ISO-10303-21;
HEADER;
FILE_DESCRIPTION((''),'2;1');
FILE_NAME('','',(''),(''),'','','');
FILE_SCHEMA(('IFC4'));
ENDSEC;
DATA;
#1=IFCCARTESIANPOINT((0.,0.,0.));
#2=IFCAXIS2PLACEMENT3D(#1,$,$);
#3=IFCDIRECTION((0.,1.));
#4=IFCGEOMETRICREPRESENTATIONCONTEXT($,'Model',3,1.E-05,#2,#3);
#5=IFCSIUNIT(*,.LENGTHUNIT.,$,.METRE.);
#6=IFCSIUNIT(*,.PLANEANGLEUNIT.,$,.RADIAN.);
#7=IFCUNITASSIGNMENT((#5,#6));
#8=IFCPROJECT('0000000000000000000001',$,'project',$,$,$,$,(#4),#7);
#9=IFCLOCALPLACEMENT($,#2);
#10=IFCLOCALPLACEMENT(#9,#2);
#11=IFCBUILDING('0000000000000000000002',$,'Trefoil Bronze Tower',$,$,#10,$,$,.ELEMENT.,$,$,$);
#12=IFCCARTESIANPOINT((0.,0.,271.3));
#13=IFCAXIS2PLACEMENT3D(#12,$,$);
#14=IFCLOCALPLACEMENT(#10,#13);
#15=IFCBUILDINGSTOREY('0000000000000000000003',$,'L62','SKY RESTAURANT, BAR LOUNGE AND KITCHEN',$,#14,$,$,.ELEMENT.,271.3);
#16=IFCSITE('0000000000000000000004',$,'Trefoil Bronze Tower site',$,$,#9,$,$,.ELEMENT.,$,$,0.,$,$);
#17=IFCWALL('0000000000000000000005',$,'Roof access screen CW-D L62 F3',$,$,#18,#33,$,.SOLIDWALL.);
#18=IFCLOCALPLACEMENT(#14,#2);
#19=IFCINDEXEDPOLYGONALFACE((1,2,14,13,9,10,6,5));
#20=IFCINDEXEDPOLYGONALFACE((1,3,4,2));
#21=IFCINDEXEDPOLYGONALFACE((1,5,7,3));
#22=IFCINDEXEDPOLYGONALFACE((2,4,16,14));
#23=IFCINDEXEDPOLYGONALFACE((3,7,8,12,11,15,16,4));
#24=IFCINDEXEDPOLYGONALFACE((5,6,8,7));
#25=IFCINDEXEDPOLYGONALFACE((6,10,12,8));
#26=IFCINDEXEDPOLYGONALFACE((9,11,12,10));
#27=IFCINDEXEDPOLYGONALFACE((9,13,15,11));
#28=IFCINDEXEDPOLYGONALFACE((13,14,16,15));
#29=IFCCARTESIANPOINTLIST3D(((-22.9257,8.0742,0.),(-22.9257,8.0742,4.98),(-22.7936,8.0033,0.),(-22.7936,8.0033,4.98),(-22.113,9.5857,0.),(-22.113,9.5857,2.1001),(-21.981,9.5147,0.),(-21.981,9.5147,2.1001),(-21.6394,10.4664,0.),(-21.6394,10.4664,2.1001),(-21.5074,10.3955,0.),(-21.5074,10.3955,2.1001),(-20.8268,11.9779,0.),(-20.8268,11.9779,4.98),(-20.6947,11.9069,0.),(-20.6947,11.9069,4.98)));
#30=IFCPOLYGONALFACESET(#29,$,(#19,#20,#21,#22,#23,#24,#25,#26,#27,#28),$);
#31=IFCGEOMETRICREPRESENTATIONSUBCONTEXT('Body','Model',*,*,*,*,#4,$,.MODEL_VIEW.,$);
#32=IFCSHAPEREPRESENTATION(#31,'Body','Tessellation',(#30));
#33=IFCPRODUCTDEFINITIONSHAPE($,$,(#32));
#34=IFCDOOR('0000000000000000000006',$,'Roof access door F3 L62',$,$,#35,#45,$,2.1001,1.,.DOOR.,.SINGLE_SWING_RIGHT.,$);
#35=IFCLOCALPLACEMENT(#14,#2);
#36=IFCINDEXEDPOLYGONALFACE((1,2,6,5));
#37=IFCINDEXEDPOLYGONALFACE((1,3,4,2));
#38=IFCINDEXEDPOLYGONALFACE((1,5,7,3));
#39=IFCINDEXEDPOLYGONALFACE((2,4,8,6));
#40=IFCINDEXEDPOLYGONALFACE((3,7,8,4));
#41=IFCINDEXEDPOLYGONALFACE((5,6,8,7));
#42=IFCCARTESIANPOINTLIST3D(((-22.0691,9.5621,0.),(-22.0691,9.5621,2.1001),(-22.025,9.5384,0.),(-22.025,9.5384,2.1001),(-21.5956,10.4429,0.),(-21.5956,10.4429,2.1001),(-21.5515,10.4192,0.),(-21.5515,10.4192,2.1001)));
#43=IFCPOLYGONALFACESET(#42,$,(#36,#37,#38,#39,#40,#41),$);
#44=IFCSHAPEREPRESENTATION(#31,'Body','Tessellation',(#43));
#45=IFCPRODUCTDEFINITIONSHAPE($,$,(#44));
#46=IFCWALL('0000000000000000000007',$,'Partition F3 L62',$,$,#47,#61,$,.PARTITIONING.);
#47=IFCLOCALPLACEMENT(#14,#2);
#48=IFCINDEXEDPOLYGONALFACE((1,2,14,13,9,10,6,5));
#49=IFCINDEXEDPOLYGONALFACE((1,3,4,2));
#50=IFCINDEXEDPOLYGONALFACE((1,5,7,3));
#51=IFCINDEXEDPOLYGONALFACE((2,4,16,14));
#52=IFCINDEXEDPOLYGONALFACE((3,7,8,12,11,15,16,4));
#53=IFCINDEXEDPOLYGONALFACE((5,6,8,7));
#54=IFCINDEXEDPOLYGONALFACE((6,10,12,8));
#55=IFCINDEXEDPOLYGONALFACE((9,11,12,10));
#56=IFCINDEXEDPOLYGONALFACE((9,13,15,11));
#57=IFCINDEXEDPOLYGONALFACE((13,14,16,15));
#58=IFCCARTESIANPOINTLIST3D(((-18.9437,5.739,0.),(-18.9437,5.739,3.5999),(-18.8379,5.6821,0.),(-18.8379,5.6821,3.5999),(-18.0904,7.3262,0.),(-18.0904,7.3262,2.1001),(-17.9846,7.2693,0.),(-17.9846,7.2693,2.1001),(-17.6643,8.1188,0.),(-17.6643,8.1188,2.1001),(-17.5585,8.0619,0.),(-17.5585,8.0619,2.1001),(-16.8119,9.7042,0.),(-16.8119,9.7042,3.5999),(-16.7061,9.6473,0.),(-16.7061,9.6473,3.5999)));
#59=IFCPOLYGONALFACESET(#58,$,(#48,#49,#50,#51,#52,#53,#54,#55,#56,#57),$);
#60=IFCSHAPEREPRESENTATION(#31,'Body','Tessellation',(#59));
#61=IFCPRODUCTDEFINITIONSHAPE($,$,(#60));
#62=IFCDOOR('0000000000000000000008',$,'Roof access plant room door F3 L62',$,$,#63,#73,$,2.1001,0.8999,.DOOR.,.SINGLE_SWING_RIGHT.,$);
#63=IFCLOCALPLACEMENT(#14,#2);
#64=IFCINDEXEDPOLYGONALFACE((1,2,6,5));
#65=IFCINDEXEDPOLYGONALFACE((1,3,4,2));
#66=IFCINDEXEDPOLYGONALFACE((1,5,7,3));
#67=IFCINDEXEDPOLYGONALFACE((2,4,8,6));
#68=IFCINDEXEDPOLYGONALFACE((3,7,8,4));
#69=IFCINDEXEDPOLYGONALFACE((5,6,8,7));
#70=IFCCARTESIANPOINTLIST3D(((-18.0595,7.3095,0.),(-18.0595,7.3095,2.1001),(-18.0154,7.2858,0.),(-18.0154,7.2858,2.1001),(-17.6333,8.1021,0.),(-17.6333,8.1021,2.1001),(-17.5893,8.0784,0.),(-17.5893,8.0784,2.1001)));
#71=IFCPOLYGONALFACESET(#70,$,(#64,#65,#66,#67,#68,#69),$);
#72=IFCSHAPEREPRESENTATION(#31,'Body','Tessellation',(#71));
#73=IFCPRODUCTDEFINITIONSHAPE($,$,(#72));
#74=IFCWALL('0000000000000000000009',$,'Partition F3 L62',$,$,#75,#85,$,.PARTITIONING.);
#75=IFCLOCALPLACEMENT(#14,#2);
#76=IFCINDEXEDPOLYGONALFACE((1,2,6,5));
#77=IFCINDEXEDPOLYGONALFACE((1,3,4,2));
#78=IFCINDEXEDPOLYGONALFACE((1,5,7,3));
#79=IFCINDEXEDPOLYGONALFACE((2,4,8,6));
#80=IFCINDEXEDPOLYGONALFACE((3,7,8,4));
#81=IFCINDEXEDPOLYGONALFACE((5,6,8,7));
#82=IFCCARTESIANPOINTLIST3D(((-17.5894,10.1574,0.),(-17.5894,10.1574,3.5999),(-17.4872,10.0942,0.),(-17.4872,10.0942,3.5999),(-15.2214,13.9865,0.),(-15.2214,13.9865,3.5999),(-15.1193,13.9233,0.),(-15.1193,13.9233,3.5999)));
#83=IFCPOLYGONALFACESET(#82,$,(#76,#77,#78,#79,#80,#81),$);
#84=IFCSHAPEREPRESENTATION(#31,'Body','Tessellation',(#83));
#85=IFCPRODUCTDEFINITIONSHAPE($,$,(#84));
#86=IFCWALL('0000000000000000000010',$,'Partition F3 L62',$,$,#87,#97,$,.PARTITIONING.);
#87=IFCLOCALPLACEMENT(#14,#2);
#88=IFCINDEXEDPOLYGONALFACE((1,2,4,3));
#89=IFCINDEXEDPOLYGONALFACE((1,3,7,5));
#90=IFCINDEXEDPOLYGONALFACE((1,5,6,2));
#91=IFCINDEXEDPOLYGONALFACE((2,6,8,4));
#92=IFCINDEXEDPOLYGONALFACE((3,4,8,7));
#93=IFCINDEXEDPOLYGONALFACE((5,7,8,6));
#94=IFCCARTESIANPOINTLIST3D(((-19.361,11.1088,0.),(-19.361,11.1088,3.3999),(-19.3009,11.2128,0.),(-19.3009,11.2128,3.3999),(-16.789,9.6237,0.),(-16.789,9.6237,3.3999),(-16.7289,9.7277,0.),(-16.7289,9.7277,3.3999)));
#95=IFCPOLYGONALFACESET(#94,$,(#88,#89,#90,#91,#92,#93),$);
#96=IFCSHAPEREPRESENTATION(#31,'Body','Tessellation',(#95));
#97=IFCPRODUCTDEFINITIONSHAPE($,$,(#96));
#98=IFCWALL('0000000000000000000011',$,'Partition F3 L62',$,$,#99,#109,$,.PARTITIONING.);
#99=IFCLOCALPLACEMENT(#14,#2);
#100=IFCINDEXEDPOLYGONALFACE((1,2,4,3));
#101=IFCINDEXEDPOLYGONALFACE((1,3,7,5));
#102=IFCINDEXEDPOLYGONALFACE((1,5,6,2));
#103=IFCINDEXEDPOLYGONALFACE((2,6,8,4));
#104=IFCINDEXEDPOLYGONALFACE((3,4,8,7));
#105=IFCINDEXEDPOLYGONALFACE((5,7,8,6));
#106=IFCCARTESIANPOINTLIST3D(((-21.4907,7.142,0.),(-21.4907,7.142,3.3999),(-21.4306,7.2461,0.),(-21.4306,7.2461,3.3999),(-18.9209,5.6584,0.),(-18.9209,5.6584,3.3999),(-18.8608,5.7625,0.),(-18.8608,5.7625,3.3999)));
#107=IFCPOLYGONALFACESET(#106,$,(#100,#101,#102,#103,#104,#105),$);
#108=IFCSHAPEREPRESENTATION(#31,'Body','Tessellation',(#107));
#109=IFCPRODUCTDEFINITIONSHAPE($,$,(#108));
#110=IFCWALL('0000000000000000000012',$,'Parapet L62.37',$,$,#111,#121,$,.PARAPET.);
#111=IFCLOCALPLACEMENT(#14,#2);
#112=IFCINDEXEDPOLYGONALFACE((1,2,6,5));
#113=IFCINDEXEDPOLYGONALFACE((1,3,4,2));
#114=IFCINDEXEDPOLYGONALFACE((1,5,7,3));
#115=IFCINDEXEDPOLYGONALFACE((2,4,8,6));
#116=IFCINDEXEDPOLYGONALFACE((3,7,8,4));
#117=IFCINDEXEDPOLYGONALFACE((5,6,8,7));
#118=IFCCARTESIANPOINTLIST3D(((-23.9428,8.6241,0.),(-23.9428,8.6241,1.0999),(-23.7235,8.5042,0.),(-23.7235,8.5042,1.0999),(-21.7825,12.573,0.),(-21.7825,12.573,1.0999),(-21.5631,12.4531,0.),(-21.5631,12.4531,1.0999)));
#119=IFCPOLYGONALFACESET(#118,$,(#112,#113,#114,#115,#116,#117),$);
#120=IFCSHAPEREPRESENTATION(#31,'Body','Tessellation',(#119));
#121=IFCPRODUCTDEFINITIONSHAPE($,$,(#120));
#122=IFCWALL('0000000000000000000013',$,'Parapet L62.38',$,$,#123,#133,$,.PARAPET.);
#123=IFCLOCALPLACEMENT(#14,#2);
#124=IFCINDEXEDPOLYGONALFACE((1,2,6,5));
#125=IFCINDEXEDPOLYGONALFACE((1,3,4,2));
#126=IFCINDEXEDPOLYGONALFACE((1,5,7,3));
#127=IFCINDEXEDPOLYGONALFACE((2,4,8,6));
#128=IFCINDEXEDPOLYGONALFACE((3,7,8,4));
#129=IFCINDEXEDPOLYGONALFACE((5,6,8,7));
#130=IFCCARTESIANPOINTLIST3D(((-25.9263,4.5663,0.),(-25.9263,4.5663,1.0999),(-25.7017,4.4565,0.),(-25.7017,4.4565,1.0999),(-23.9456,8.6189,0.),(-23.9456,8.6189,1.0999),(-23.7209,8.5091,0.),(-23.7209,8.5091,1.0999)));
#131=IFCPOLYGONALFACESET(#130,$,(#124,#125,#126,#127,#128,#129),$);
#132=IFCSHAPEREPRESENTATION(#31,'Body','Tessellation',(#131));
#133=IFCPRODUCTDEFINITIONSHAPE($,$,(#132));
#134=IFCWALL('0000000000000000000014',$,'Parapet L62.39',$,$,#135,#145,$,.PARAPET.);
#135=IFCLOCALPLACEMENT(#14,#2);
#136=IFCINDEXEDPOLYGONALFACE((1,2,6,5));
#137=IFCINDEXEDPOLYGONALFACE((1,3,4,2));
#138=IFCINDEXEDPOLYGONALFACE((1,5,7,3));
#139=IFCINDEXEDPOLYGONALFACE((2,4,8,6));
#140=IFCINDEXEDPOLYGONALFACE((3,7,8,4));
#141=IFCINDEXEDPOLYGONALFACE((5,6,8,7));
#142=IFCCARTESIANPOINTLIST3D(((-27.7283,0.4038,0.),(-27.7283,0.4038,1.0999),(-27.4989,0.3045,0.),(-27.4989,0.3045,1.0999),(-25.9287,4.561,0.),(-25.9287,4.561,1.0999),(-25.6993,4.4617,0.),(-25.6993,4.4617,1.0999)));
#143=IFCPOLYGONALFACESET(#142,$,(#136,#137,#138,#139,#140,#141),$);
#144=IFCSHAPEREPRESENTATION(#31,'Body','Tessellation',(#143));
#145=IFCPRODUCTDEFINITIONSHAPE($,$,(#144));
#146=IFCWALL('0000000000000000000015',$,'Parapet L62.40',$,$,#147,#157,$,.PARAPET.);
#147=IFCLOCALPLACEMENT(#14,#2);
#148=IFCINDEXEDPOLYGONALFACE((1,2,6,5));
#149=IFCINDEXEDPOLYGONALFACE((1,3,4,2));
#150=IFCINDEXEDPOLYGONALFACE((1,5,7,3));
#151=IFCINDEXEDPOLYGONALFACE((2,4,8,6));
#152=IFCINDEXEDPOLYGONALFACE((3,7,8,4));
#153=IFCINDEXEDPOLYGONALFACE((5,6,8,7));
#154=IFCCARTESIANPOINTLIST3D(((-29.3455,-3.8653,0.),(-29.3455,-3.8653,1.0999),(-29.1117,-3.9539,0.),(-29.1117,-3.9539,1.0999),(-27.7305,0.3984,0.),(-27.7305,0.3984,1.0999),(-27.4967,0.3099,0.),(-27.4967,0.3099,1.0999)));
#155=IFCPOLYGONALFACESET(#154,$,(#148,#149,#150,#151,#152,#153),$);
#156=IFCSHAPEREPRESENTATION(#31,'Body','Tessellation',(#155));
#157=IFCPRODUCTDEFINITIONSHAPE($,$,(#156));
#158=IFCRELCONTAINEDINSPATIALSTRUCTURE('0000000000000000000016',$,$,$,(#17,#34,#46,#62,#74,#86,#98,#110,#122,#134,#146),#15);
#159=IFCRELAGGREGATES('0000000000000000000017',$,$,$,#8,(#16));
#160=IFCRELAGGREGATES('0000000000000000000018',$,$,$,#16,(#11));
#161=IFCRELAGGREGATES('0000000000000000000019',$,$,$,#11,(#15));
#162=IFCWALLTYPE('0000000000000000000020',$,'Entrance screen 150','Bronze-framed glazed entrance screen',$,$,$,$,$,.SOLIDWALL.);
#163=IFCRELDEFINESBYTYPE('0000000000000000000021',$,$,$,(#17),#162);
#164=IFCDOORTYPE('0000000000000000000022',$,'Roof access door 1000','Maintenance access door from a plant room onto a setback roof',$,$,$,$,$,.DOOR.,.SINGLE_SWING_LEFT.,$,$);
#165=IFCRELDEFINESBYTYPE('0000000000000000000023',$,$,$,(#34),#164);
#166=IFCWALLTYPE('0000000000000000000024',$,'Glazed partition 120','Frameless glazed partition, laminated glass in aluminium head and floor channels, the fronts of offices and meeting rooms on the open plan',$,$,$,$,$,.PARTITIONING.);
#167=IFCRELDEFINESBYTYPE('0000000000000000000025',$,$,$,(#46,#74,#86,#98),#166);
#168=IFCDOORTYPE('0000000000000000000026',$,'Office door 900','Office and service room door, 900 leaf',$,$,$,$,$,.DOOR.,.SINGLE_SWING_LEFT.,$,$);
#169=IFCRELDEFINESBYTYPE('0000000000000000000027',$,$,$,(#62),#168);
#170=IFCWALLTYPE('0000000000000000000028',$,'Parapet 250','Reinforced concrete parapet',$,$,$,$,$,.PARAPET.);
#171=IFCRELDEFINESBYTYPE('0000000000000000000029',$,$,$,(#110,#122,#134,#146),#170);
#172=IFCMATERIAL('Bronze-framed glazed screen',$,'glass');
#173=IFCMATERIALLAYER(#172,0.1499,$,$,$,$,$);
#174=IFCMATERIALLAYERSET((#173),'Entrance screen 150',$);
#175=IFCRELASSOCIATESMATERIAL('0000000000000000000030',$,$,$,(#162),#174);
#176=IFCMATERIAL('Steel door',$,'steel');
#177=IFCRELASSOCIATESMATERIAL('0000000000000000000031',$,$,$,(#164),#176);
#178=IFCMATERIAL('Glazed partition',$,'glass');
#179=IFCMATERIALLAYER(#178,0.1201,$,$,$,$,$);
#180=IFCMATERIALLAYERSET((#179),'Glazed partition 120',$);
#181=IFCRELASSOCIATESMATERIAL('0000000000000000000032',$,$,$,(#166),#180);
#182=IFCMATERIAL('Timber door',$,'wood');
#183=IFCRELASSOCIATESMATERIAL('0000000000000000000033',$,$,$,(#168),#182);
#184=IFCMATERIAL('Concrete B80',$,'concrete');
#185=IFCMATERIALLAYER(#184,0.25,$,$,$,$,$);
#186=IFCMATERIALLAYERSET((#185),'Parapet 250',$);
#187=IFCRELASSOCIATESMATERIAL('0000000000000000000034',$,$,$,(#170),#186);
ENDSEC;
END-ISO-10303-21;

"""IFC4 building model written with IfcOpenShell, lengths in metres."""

from ifc_helpers import new_model, si_unit, direction, frame, frame_2d, origin, place, context, subcontext, project, spatial, rectangle, extrude, material, layer, layer_set, type_object, element, fill, save


model = new_model("IFC4")

# Units and contexts
model_context = context("Model", 3, precision=1e-05, world=origin(), true_north=direction((0.0, 1.0)))
body_context = subcontext(model_context, "Body", "Model", "MODEL_VIEW")
ifc_project = project(units=[si_unit("LENGTHUNIT", "METRE"), si_unit("PLANEANGLEUNIT", "RADIAN")], contexts=[model_context])

# Site, building, storey
site_placement = place(None, origin())
site = spatial("IfcSite", under=ifc_project, at=site_placement, Name="Trefoil Bronze Tower site", CompositionType="ELEMENT", RefElevation=0.0)
building_placement = place(site_placement, origin())
building = spatial("IfcBuilding", under=site, at=building_placement, Name="Trefoil Bronze Tower", CompositionType="ELEMENT")
storey_placement = place(building_placement, frame((0.0, 0.0, 271.3)))
storey = spatial("IfcBuildingStorey", under=building, at=storey_placement, Name="L62", Description="SKY RESTAURANT, BAR LOUNGE AND KITCHEN", CompositionType="ELEMENT", Elevation=271.3)

# Walls, openings, doors
ifc_material_1 = material(Name="Bronze-framed glazed screen", Category="glass")
ifc_layer_1 = layer(ifc_material_1, 0.1499)
ifc_layer_set_1 = layer_set([ifc_layer_1], Name="Entrance screen 150")
wall_type_1 = type_object("IfcWallType", Name="Entrance screen 150", Description="Bronze-framed glazed entrance screen", PredefinedType="SOLIDWALL", material=ifc_layer_set_1)
wall_1_placement = place(storey_placement, frame((-20.7607, 11.9424, 0.0), z_axis=(0.0, 0.0, 1.0), x_axis=(-0.473568, -0.880757, 0.0)))
wall_1 = element("IfcWall", 1, at=wall_1_placement, inside=storey, type_object=wall_type_1, Name="Roof access screen CW-D L62 F3", PredefinedType="SOLIDWALL", context=body_context, shape_type="SweptSolid", body=[
    extrude(rectangle(XDim=4.4321, YDim=0.1499, at=frame_2d((2.2161, 0.0))), origin(), (0.0, 0.0, 1.0), 4.98),
])
opening_1_placement = place(wall_1_placement, frame((1.7161, 0.0, 0.0)))
opening_1 = element("IfcOpeningElement", 2, at=opening_1_placement, cuts=wall_1, PredefinedType="OPENING", context=body_context, shape_type="SweptSolid", body=[
    extrude(rectangle(XDim=1.0, YDim=2.1001, at=frame_2d((0.5, 1.05))), frame((0.0, 0.085, 0.0), z_axis=(0.0, -1.0, 0.0), x_axis=(1.0, 0.0, 0.0)), (0.0, 0.0, 1.0), 0.1699),
])
ifc_material_2 = material(Name="Steel door", Category="steel")
door_type_1 = type_object("IfcDoorType", Name="Roof access door 1000", Description="Maintenance access door from a plant room onto a setback roof", OperationType="SINGLE_SWING_LEFT", PredefinedType="DOOR", material=ifc_material_2)
door_1_placement = place(opening_1_placement, origin())
door_1 = element("IfcDoor", 3, at=door_1_placement, inside=storey, type_object=door_type_1, Name="Roof access door F3 L62", OperationType="SINGLE_SWING_RIGHT", OverallHeight=2.1001, OverallWidth=1.0, PredefinedType="DOOR", context=body_context, shape_type="SweptSolid", body=[
    extrude(rectangle(XDim=1.0, YDim=2.1001, at=frame_2d((0.5, 1.05))), frame((0.0, 0.0249, 0.0), z_axis=(0.0, -1.0, 0.0), x_axis=(1.0, 0.0, 0.0)), (0.0, 0.0, 1.0), 0.05),
])
fill(opening_1, door_1)
ifc_material_3 = material(Name="Glazed partition", Category="glass")
ifc_layer_2 = layer(ifc_material_3, 0.1201)
ifc_layer_set_2 = layer_set([ifc_layer_2], Name="Glazed partition 120")
wall_type_2 = type_object("IfcWallType", Name="Glazed partition 120", Description="Frameless glazed partition, laminated glass in aluminium head and floor channels, the fronts of offices and meeting rooms on the open plan", PredefinedType="PARTITIONING", material=ifc_layer_set_2)
wall_2_placement = place(storey_placement, frame((-16.759, 9.6758, 0.0), z_axis=(0.0, 0.0, 1.0), x_axis=(-0.473524, -0.880781, 0.0)))
wall_2 = element("IfcWall", 4, at=wall_2_placement, inside=storey, type_object=wall_type_2, Name="Partition F3 L62", PredefinedType="PARTITIONING", context=body_context, shape_type="SweptSolid", body=[
    extrude(rectangle(XDim=4.502, YDim=0.1201, at=frame_2d((2.251, 0.0))), origin(), (0.0, 0.0, 1.0), 3.5999),
])
opening_2_placement = place(wall_2_placement, frame((1.8, 0.0, 0.0)))
opening_2 = element("IfcOpeningElement", 5, at=opening_2_placement, cuts=wall_2, PredefinedType="OPENING", context=body_context, shape_type="SweptSolid", body=[
    extrude(rectangle(XDim=0.8999, YDim=2.1001, at=frame_2d((0.45, 1.05))), frame((0.0, 0.0701, 0.0), z_axis=(0.0, -1.0, 0.0), x_axis=(1.0, 0.0, 0.0)), (0.0, 0.0, 1.0), 0.1401),
])
ifc_material_4 = material(Name="Timber door", Category="wood")
door_type_2 = type_object("IfcDoorType", Name="Office door 900", Description="Office and service room door, 900 leaf", OperationType="SINGLE_SWING_LEFT", PredefinedType="DOOR", material=ifc_material_4)
door_2_placement = place(opening_2_placement, frame((0.8999, 0.0, 0.0), z_axis=(0.0, 0.0, 1.0), x_axis=(-1.0, 0.0, 0.0)))
door_2 = element("IfcDoor", 6, at=door_2_placement, inside=storey, type_object=door_type_2, Name="Roof access plant room door F3 L62", OperationType="SINGLE_SWING_RIGHT", OverallHeight=2.1001, OverallWidth=0.8999, PredefinedType="DOOR", context=body_context, shape_type="SweptSolid", body=[
    extrude(rectangle(XDim=0.8999, YDim=2.1001, at=frame_2d((0.45, 1.05))), frame((0.0, 0.0249, 0.0), z_axis=(0.0, -1.0, 0.0), x_axis=(1.0, 0.0, 0.0)), (0.0, 0.0, 1.0), 0.05),
])
fill(opening_2, door_2)

# Walls
wall_3_placement = place(storey_placement, frame((-15.1704, 13.9548, 0.0), z_axis=(0.0, 0.0, 1.0), x_axis=(-0.525957, -0.850511, 0.0)))
element("IfcWall", 7, at=wall_3_placement, inside=storey, type_object=wall_type_2, Name="Partition F3 L62", PredefinedType="PARTITIONING", context=body_context, shape_type="SweptSolid", body=[
    extrude(rectangle(XDim=4.5022, YDim=0.1201, at=frame_2d((2.251, 0.0))), origin(), (0.0, 0.0, 1.0), 3.5999),
])
wall_4_placement = place(storey_placement, frame((-16.759, 9.6758, 0.0), z_axis=(0.0, 0.0, 1.0), x_axis=(-0.866004, 0.500038, 0.0)))
element("IfcWall", 8, at=wall_4_placement, inside=storey, type_object=wall_type_2, Name="Partition F3 L62", PredefinedType="PARTITIONING", context=body_context, shape_type="SweptSolid", body=[
    extrude(rectangle(XDim=2.97, YDim=0.1201, at=frame_2d((1.4849, 0.0))), origin(), (0.0, 0.0, 1.0), 3.3999),
])
wall_5_placement = place(storey_placement, frame((-18.8909, 5.7104, 0.0), z_axis=(0.0, 0.0, 1.0), x_axis=(-0.866032, 0.499988, 0.0)))
element("IfcWall", 9, at=wall_5_placement, inside=storey, type_object=wall_type_2, Name="Partition F3 L62", PredefinedType="PARTITIONING", context=body_context, shape_type="SweptSolid", body=[
    extrude(rectangle(XDim=2.9673, YDim=0.1201, at=frame_2d((1.4836, 0.0))), origin(), (0.0, 0.0, 1.0), 3.3999),
])
ifc_material_5 = material(Name="Concrete B80", Category="concrete")
ifc_layer_3 = layer(ifc_material_5, 0.25)
ifc_layer_set_3 = layer_set([ifc_layer_3], Name="Parapet 250")
wall_type_3 = type_object("IfcWallType", Name="Parapet 250", Description="Reinforced concrete parapet", PredefinedType="PARAPET", material=ifc_layer_set_3)
wall_6_placement = place(storey_placement, frame((-21.6729, 12.5129, 0.0), z_axis=(0.0, 0.0, 1.0), x_axis=(-0.47995, -0.877296, 0.0)))
element("IfcWall", 10, at=wall_6_placement, inside=storey, type_object=wall_type_3, Name="Parapet L62.37", PredefinedType="PARAPET", context=body_context, shape_type="SweptSolid", body=[
    extrude(rectangle(XDim=4.5012, YDim=0.25, at=frame_2d((2.2505, 0.0))), origin(), (0.0, 0.0, 1.0), 1.0999),
])
wall_7_placement = place(storey_placement, frame((-23.8333, 8.564, 0.0), z_axis=(0.0, 0.0, 1.0), x_axis=(-0.43912, -0.898428, 0.0)))
element("IfcWall", 11, at=wall_7_placement, inside=storey, type_object=wall_type_3, Name="Parapet L62.38", PredefinedType="PARAPET", context=body_context, shape_type="SweptSolid", body=[
    extrude(rectangle(XDim=4.5107, YDim=0.25, at=frame_2d((2.2554, 0.0))), origin(), (0.0, 0.0, 1.0), 1.0999),
])
wall_8_placement = place(storey_placement, frame((-25.814, 4.5115, 0.0), z_axis=(0.0, 0.0, 1.0), x_axis=(-0.397253, -0.917709, 0.0)))
element("IfcWall", 12, at=wall_8_placement, inside=storey, type_object=wall_type_3, Name="Parapet L62.39", PredefinedType="PARAPET", context=body_context, shape_type="SweptSolid", body=[
    extrude(rectangle(XDim=4.53, YDim=0.25, at=frame_2d((2.2651, 0.0))), origin(), (0.0, 0.0, 1.0), 1.0999),
])
wall_9_placement = place(storey_placement, frame((-27.6135, 0.3542, 0.0), z_axis=(0.0, 0.0, 1.0), x_axis=(-0.35422, -0.935162, 0.0)))
element("IfcWall", 13, at=wall_9_placement, inside=storey, type_object=wall_type_3, Name="Parapet L62.40", PredefinedType="PARAPET", context=body_context, shape_type="SweptSolid", body=[
    extrude(rectangle(XDim=4.5593, YDim=0.25, at=frame_2d((2.2798, 0.0))), origin(), (0.0, 0.0, 1.0), 1.0999),
])

save(model, "model.ifc")
